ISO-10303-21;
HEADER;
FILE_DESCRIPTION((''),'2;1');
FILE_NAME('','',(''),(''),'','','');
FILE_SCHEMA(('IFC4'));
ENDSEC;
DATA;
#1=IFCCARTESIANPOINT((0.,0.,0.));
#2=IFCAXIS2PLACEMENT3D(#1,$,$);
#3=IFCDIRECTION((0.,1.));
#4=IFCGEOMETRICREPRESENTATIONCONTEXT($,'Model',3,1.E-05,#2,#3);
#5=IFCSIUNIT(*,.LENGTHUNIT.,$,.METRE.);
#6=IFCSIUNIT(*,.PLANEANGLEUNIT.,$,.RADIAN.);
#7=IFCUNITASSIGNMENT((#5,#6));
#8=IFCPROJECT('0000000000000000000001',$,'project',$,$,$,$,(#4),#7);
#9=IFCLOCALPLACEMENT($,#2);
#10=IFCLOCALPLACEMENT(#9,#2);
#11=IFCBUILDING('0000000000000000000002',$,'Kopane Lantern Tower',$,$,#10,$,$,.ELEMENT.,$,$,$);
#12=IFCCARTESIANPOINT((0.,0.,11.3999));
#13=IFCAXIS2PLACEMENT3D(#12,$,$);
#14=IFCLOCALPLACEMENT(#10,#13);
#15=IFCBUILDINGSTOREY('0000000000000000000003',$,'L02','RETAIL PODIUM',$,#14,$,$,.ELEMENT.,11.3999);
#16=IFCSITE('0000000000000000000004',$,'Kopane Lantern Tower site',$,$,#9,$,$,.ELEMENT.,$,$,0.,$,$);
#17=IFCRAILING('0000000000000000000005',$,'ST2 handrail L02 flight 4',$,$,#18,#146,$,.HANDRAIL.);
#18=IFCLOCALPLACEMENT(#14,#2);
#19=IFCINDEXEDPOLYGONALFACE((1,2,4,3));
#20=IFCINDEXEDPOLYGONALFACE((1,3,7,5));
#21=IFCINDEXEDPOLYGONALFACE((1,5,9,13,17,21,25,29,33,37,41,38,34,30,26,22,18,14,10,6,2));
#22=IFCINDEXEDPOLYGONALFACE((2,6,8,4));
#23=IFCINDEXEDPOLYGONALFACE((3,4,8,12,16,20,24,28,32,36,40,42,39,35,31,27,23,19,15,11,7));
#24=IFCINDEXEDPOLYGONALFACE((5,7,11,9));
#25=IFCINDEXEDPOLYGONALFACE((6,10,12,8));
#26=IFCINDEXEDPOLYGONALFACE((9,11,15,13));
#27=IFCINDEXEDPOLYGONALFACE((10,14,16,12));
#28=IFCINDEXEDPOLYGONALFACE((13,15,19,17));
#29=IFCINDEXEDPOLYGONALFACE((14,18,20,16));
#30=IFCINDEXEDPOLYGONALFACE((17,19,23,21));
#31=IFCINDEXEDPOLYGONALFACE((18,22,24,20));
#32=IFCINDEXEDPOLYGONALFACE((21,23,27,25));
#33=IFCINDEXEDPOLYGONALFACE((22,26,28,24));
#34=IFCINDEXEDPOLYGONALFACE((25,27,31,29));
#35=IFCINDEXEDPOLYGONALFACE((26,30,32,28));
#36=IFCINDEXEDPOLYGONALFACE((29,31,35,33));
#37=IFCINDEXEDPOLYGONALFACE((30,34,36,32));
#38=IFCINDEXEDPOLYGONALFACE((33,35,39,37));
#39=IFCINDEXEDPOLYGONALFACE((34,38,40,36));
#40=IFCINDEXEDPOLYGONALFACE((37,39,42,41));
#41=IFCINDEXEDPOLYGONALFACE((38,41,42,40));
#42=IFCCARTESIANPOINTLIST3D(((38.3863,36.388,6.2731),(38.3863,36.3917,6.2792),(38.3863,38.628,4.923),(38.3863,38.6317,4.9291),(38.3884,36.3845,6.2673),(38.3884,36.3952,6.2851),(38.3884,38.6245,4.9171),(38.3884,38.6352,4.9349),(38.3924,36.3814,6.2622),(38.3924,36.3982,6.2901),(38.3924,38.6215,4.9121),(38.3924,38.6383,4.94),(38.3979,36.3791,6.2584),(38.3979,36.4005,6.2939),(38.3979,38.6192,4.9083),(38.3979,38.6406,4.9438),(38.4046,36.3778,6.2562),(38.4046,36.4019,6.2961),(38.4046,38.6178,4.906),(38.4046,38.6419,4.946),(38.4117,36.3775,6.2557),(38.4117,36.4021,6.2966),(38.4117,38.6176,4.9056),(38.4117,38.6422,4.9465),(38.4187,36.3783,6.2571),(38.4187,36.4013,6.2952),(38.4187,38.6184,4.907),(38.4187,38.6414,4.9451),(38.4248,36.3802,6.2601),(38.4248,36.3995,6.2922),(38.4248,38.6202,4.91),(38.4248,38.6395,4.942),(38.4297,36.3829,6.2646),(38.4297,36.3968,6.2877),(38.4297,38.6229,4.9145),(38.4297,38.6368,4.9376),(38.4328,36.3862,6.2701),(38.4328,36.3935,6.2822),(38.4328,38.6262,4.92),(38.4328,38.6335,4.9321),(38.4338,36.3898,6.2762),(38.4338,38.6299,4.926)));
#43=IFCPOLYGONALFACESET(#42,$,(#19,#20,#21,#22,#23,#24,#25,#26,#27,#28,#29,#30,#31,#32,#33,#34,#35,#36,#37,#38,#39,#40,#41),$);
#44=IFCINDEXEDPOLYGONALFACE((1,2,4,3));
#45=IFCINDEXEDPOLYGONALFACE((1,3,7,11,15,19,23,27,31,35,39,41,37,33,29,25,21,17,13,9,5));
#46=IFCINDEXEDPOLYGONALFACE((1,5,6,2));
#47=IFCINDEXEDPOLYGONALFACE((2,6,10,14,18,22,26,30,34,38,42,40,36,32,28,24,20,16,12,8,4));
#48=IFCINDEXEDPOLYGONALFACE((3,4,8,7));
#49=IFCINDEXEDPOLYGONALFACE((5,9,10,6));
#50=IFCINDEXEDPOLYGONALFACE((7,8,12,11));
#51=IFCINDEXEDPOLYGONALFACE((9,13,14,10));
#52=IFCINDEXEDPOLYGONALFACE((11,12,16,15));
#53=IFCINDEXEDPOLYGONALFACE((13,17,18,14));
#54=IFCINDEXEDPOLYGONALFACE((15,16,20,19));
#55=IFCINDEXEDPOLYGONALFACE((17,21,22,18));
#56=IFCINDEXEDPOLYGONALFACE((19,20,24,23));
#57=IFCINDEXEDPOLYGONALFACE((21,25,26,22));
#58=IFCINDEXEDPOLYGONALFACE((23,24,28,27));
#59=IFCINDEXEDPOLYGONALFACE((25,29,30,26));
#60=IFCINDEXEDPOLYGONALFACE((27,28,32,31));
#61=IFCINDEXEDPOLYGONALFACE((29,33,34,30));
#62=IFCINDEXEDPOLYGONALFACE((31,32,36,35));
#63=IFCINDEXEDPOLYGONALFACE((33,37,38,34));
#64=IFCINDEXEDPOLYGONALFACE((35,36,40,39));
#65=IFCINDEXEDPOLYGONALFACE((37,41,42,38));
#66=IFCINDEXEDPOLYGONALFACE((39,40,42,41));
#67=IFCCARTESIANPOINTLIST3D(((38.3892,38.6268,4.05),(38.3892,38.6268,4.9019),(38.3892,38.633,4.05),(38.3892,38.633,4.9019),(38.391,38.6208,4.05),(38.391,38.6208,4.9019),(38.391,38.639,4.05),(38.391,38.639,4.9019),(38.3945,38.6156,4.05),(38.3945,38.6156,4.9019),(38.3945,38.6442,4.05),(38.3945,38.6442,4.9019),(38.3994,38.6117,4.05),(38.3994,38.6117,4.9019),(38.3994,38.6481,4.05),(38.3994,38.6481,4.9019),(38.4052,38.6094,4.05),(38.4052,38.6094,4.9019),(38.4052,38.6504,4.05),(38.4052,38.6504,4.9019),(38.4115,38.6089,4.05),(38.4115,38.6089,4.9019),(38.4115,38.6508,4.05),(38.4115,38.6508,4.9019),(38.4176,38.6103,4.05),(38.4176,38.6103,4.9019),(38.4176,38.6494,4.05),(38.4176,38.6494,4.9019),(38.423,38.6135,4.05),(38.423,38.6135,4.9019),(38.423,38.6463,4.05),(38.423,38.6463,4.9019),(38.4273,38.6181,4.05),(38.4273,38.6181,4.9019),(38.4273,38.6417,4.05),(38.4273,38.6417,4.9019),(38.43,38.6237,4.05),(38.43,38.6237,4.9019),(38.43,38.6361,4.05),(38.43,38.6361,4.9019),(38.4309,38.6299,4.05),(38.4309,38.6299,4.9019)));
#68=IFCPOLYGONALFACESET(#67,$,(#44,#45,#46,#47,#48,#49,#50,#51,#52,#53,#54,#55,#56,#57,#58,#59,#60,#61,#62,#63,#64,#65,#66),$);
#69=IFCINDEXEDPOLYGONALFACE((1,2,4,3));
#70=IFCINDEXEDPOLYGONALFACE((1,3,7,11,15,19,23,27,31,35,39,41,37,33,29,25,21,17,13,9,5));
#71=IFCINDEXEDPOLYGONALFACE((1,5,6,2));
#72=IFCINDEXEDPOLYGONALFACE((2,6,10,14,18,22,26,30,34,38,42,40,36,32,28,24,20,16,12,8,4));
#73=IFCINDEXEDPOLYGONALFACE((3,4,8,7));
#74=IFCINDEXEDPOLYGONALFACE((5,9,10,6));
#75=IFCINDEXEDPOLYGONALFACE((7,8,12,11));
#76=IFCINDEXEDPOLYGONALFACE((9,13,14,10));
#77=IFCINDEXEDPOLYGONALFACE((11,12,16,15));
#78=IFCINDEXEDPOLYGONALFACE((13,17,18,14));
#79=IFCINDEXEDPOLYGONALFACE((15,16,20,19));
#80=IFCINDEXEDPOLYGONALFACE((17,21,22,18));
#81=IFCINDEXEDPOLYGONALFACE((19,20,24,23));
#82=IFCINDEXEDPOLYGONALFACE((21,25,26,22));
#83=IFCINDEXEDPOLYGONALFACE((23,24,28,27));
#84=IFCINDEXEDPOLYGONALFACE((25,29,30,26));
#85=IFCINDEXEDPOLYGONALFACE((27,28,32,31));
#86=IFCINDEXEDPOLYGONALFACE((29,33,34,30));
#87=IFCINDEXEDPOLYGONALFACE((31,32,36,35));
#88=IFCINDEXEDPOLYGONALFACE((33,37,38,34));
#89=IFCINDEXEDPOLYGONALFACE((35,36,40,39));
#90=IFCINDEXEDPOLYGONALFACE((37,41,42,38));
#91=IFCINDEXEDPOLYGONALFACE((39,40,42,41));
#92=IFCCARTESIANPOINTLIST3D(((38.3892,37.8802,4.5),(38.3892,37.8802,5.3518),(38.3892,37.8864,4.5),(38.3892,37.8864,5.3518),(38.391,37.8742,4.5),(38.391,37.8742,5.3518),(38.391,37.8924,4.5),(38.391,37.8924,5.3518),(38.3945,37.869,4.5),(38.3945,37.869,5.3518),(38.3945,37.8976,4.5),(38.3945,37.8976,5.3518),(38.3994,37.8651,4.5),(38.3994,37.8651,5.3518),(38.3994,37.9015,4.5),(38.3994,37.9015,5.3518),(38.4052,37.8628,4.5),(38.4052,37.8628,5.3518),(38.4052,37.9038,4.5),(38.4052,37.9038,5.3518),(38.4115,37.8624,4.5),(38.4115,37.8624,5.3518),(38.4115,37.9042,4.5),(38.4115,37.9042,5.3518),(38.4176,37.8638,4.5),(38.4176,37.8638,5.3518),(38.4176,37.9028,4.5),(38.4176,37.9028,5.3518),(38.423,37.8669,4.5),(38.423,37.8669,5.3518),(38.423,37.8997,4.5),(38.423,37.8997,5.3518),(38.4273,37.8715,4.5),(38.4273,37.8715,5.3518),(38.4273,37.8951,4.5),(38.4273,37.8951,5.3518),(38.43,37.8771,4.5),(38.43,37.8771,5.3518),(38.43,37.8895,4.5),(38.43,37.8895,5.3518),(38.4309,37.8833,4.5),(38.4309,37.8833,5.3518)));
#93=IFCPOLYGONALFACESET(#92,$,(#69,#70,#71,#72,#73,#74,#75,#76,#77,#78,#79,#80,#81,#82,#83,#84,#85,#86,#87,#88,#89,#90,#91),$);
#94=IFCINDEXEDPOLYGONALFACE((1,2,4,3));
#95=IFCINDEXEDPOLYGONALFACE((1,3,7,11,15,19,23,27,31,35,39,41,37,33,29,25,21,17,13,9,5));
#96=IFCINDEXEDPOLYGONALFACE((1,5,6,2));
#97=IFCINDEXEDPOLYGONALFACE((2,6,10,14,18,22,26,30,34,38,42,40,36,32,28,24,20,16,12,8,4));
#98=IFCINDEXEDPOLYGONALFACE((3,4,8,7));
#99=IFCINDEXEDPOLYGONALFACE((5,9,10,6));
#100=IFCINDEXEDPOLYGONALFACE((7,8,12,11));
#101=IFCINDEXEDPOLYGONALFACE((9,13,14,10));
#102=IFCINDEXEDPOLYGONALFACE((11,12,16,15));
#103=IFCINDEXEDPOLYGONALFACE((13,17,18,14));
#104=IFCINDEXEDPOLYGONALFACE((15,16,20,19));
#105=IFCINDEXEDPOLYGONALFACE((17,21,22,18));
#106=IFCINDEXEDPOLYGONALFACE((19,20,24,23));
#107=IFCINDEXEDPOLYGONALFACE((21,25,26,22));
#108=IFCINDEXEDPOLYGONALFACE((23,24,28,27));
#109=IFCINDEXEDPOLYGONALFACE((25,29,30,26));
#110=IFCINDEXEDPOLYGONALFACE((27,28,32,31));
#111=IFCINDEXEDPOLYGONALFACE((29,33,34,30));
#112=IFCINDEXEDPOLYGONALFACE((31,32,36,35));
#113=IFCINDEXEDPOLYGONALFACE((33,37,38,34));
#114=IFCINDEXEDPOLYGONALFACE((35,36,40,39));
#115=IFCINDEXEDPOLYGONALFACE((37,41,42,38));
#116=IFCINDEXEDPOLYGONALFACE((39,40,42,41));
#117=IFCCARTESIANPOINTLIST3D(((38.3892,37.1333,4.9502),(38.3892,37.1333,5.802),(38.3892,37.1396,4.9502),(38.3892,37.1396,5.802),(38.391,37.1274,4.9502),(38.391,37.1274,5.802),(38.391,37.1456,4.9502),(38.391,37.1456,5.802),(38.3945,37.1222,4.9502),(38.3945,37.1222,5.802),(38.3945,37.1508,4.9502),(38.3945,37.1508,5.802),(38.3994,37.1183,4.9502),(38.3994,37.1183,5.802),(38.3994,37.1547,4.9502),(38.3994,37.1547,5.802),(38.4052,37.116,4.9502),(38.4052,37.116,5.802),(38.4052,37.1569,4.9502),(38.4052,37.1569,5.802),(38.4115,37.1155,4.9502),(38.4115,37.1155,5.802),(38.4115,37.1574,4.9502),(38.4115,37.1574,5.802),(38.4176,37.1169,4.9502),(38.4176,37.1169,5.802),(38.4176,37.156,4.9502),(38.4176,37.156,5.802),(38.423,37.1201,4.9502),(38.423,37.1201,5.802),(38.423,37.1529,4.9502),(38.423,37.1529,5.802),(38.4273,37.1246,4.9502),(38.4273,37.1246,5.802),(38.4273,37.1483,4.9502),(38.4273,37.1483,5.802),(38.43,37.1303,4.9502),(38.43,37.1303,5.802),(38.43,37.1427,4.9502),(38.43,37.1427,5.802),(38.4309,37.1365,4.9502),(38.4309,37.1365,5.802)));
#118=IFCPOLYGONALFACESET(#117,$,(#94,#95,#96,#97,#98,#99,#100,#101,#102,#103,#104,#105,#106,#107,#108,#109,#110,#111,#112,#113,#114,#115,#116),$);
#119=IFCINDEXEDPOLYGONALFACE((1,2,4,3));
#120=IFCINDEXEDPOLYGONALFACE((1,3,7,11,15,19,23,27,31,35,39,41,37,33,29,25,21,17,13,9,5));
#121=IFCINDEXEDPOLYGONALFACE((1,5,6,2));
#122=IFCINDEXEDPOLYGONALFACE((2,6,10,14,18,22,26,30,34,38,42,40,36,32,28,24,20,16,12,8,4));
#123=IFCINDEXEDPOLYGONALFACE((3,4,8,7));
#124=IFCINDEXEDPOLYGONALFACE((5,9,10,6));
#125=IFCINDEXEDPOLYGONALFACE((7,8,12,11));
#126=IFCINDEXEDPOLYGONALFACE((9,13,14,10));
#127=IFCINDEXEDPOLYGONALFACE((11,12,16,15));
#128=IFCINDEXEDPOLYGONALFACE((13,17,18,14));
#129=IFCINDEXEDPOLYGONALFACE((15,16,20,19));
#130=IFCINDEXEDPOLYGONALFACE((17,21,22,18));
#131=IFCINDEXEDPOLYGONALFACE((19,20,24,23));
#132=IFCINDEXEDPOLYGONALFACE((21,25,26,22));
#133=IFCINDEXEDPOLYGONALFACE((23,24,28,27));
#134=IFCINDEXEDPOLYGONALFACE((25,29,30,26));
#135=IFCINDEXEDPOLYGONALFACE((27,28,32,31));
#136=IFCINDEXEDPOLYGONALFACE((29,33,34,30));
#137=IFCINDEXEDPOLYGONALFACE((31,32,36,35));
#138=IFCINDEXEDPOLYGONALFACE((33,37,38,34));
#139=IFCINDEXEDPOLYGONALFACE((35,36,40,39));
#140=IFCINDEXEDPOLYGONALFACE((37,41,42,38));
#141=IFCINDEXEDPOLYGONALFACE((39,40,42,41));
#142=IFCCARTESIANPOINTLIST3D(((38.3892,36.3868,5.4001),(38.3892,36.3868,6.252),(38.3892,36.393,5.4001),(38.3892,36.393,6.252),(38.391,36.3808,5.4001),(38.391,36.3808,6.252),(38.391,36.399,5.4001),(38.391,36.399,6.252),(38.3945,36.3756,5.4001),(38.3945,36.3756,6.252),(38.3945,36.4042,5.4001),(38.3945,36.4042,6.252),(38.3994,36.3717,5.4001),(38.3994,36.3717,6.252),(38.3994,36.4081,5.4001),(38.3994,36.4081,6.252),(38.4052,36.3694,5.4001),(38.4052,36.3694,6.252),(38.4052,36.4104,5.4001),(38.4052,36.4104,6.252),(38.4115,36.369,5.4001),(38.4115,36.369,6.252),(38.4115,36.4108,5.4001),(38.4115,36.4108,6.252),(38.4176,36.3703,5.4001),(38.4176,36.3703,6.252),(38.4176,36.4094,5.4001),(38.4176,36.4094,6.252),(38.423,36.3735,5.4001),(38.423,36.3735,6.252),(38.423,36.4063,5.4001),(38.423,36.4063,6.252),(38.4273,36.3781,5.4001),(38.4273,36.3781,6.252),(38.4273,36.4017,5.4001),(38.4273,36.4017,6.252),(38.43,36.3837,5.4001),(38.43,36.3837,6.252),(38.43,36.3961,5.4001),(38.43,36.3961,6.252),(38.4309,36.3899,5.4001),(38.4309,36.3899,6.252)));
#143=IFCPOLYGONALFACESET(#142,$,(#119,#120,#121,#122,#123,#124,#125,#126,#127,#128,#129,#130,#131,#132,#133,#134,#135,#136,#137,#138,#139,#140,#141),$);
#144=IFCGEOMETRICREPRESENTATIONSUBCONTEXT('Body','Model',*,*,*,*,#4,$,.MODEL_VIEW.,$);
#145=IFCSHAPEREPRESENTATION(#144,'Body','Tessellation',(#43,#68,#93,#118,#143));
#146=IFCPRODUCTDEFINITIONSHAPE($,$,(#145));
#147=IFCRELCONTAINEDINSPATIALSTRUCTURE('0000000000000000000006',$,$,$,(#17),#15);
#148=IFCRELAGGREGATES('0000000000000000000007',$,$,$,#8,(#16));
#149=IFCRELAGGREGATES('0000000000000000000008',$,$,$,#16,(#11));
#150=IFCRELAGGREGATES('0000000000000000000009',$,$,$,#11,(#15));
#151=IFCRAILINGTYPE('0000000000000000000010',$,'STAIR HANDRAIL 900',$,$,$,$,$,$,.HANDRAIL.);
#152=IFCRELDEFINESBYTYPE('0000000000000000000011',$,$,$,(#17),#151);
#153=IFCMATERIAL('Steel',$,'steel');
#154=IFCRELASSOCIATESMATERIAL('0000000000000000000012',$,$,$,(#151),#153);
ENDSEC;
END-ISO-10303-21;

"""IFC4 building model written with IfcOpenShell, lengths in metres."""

from ifc_helpers import new_model, si_unit, direction, frame, origin, origin_2d, place, context, subcontext, project, spatial, circle, extrude, material, type_object, element, save


model = new_model("IFC4")

# Units and contexts
model_context = context("Model", 3, precision=1e-05, world=origin(), true_north=direction((0.0, 1.0)))
body_context = subcontext(model_context, "Body", "Model", "MODEL_VIEW")
ifc_project = project(units=[si_unit("LENGTHUNIT", "METRE"), si_unit("PLANEANGLEUNIT", "RADIAN")], contexts=[model_context])

# Site, building, storey
site_placement = place(None, origin())
site = spatial("IfcSite", under=ifc_project, at=site_placement, Name="Kopane Lantern Tower site", CompositionType="ELEMENT", RefElevation=0.0)
building_placement = place(site_placement, origin())
building = spatial("IfcBuilding", under=site, at=building_placement, Name="Kopane Lantern Tower", CompositionType="ELEMENT")
storey_placement = place(building_placement, frame((0.0, 0.0, 11.3999)))
storey = spatial("IfcBuildingStorey", under=building, at=storey_placement, Name="L02", Description="RETAIL PODIUM", CompositionType="ELEMENT", Elevation=11.3999)

# Railing
ifc_material_1 = material(Name="Steel", Category="steel")
railing_type_1 = type_object("IfcRailingType", Name="STAIR HANDRAIL 900", PredefinedType="HANDRAIL", material=ifc_material_1)
for number, where, name in (
    (1, (38.4099, 38.6299, 4.05), "ST2 handrail L02 flight 4"),
):
    element("IfcRailing", number, at=place(storey_placement, frame(where)), inside=storey, type_object=railing_type_1, Name=name, PredefinedType="HANDRAIL", context=body_context, shape_type="SweptSolid", body=[
        extrude(circle(Radius=0.0239, at=origin_2d()), frame((0.0, 0.0, 0.876), z_axis=(0.0, -0.856462, 0.516211), x_axis=(1.0, 0.0, 0.0)), (0.0, 0.0, 1.0), 2.6155),
        extrude(circle(Radius=0.021, at=origin_2d()), origin(), (0.0, 0.0, 1.0), 0.8518),
        extrude(circle(Radius=0.021, at=origin_2d()), frame((0.0, -0.7466, 0.45)), (0.0, 0.0, 1.0), 0.8518),
        extrude(circle(Radius=0.021, at=origin_2d()), frame((0.0, -1.4934, 0.9001)), (0.0, 0.0, 1.0), 0.8518),
        extrude(circle(Radius=0.021, at=origin_2d()), frame((0.0, -2.24, 1.3501)), (0.0, 0.0, 1.0), 0.8518),
    ])

save(model, "model.ifc")
